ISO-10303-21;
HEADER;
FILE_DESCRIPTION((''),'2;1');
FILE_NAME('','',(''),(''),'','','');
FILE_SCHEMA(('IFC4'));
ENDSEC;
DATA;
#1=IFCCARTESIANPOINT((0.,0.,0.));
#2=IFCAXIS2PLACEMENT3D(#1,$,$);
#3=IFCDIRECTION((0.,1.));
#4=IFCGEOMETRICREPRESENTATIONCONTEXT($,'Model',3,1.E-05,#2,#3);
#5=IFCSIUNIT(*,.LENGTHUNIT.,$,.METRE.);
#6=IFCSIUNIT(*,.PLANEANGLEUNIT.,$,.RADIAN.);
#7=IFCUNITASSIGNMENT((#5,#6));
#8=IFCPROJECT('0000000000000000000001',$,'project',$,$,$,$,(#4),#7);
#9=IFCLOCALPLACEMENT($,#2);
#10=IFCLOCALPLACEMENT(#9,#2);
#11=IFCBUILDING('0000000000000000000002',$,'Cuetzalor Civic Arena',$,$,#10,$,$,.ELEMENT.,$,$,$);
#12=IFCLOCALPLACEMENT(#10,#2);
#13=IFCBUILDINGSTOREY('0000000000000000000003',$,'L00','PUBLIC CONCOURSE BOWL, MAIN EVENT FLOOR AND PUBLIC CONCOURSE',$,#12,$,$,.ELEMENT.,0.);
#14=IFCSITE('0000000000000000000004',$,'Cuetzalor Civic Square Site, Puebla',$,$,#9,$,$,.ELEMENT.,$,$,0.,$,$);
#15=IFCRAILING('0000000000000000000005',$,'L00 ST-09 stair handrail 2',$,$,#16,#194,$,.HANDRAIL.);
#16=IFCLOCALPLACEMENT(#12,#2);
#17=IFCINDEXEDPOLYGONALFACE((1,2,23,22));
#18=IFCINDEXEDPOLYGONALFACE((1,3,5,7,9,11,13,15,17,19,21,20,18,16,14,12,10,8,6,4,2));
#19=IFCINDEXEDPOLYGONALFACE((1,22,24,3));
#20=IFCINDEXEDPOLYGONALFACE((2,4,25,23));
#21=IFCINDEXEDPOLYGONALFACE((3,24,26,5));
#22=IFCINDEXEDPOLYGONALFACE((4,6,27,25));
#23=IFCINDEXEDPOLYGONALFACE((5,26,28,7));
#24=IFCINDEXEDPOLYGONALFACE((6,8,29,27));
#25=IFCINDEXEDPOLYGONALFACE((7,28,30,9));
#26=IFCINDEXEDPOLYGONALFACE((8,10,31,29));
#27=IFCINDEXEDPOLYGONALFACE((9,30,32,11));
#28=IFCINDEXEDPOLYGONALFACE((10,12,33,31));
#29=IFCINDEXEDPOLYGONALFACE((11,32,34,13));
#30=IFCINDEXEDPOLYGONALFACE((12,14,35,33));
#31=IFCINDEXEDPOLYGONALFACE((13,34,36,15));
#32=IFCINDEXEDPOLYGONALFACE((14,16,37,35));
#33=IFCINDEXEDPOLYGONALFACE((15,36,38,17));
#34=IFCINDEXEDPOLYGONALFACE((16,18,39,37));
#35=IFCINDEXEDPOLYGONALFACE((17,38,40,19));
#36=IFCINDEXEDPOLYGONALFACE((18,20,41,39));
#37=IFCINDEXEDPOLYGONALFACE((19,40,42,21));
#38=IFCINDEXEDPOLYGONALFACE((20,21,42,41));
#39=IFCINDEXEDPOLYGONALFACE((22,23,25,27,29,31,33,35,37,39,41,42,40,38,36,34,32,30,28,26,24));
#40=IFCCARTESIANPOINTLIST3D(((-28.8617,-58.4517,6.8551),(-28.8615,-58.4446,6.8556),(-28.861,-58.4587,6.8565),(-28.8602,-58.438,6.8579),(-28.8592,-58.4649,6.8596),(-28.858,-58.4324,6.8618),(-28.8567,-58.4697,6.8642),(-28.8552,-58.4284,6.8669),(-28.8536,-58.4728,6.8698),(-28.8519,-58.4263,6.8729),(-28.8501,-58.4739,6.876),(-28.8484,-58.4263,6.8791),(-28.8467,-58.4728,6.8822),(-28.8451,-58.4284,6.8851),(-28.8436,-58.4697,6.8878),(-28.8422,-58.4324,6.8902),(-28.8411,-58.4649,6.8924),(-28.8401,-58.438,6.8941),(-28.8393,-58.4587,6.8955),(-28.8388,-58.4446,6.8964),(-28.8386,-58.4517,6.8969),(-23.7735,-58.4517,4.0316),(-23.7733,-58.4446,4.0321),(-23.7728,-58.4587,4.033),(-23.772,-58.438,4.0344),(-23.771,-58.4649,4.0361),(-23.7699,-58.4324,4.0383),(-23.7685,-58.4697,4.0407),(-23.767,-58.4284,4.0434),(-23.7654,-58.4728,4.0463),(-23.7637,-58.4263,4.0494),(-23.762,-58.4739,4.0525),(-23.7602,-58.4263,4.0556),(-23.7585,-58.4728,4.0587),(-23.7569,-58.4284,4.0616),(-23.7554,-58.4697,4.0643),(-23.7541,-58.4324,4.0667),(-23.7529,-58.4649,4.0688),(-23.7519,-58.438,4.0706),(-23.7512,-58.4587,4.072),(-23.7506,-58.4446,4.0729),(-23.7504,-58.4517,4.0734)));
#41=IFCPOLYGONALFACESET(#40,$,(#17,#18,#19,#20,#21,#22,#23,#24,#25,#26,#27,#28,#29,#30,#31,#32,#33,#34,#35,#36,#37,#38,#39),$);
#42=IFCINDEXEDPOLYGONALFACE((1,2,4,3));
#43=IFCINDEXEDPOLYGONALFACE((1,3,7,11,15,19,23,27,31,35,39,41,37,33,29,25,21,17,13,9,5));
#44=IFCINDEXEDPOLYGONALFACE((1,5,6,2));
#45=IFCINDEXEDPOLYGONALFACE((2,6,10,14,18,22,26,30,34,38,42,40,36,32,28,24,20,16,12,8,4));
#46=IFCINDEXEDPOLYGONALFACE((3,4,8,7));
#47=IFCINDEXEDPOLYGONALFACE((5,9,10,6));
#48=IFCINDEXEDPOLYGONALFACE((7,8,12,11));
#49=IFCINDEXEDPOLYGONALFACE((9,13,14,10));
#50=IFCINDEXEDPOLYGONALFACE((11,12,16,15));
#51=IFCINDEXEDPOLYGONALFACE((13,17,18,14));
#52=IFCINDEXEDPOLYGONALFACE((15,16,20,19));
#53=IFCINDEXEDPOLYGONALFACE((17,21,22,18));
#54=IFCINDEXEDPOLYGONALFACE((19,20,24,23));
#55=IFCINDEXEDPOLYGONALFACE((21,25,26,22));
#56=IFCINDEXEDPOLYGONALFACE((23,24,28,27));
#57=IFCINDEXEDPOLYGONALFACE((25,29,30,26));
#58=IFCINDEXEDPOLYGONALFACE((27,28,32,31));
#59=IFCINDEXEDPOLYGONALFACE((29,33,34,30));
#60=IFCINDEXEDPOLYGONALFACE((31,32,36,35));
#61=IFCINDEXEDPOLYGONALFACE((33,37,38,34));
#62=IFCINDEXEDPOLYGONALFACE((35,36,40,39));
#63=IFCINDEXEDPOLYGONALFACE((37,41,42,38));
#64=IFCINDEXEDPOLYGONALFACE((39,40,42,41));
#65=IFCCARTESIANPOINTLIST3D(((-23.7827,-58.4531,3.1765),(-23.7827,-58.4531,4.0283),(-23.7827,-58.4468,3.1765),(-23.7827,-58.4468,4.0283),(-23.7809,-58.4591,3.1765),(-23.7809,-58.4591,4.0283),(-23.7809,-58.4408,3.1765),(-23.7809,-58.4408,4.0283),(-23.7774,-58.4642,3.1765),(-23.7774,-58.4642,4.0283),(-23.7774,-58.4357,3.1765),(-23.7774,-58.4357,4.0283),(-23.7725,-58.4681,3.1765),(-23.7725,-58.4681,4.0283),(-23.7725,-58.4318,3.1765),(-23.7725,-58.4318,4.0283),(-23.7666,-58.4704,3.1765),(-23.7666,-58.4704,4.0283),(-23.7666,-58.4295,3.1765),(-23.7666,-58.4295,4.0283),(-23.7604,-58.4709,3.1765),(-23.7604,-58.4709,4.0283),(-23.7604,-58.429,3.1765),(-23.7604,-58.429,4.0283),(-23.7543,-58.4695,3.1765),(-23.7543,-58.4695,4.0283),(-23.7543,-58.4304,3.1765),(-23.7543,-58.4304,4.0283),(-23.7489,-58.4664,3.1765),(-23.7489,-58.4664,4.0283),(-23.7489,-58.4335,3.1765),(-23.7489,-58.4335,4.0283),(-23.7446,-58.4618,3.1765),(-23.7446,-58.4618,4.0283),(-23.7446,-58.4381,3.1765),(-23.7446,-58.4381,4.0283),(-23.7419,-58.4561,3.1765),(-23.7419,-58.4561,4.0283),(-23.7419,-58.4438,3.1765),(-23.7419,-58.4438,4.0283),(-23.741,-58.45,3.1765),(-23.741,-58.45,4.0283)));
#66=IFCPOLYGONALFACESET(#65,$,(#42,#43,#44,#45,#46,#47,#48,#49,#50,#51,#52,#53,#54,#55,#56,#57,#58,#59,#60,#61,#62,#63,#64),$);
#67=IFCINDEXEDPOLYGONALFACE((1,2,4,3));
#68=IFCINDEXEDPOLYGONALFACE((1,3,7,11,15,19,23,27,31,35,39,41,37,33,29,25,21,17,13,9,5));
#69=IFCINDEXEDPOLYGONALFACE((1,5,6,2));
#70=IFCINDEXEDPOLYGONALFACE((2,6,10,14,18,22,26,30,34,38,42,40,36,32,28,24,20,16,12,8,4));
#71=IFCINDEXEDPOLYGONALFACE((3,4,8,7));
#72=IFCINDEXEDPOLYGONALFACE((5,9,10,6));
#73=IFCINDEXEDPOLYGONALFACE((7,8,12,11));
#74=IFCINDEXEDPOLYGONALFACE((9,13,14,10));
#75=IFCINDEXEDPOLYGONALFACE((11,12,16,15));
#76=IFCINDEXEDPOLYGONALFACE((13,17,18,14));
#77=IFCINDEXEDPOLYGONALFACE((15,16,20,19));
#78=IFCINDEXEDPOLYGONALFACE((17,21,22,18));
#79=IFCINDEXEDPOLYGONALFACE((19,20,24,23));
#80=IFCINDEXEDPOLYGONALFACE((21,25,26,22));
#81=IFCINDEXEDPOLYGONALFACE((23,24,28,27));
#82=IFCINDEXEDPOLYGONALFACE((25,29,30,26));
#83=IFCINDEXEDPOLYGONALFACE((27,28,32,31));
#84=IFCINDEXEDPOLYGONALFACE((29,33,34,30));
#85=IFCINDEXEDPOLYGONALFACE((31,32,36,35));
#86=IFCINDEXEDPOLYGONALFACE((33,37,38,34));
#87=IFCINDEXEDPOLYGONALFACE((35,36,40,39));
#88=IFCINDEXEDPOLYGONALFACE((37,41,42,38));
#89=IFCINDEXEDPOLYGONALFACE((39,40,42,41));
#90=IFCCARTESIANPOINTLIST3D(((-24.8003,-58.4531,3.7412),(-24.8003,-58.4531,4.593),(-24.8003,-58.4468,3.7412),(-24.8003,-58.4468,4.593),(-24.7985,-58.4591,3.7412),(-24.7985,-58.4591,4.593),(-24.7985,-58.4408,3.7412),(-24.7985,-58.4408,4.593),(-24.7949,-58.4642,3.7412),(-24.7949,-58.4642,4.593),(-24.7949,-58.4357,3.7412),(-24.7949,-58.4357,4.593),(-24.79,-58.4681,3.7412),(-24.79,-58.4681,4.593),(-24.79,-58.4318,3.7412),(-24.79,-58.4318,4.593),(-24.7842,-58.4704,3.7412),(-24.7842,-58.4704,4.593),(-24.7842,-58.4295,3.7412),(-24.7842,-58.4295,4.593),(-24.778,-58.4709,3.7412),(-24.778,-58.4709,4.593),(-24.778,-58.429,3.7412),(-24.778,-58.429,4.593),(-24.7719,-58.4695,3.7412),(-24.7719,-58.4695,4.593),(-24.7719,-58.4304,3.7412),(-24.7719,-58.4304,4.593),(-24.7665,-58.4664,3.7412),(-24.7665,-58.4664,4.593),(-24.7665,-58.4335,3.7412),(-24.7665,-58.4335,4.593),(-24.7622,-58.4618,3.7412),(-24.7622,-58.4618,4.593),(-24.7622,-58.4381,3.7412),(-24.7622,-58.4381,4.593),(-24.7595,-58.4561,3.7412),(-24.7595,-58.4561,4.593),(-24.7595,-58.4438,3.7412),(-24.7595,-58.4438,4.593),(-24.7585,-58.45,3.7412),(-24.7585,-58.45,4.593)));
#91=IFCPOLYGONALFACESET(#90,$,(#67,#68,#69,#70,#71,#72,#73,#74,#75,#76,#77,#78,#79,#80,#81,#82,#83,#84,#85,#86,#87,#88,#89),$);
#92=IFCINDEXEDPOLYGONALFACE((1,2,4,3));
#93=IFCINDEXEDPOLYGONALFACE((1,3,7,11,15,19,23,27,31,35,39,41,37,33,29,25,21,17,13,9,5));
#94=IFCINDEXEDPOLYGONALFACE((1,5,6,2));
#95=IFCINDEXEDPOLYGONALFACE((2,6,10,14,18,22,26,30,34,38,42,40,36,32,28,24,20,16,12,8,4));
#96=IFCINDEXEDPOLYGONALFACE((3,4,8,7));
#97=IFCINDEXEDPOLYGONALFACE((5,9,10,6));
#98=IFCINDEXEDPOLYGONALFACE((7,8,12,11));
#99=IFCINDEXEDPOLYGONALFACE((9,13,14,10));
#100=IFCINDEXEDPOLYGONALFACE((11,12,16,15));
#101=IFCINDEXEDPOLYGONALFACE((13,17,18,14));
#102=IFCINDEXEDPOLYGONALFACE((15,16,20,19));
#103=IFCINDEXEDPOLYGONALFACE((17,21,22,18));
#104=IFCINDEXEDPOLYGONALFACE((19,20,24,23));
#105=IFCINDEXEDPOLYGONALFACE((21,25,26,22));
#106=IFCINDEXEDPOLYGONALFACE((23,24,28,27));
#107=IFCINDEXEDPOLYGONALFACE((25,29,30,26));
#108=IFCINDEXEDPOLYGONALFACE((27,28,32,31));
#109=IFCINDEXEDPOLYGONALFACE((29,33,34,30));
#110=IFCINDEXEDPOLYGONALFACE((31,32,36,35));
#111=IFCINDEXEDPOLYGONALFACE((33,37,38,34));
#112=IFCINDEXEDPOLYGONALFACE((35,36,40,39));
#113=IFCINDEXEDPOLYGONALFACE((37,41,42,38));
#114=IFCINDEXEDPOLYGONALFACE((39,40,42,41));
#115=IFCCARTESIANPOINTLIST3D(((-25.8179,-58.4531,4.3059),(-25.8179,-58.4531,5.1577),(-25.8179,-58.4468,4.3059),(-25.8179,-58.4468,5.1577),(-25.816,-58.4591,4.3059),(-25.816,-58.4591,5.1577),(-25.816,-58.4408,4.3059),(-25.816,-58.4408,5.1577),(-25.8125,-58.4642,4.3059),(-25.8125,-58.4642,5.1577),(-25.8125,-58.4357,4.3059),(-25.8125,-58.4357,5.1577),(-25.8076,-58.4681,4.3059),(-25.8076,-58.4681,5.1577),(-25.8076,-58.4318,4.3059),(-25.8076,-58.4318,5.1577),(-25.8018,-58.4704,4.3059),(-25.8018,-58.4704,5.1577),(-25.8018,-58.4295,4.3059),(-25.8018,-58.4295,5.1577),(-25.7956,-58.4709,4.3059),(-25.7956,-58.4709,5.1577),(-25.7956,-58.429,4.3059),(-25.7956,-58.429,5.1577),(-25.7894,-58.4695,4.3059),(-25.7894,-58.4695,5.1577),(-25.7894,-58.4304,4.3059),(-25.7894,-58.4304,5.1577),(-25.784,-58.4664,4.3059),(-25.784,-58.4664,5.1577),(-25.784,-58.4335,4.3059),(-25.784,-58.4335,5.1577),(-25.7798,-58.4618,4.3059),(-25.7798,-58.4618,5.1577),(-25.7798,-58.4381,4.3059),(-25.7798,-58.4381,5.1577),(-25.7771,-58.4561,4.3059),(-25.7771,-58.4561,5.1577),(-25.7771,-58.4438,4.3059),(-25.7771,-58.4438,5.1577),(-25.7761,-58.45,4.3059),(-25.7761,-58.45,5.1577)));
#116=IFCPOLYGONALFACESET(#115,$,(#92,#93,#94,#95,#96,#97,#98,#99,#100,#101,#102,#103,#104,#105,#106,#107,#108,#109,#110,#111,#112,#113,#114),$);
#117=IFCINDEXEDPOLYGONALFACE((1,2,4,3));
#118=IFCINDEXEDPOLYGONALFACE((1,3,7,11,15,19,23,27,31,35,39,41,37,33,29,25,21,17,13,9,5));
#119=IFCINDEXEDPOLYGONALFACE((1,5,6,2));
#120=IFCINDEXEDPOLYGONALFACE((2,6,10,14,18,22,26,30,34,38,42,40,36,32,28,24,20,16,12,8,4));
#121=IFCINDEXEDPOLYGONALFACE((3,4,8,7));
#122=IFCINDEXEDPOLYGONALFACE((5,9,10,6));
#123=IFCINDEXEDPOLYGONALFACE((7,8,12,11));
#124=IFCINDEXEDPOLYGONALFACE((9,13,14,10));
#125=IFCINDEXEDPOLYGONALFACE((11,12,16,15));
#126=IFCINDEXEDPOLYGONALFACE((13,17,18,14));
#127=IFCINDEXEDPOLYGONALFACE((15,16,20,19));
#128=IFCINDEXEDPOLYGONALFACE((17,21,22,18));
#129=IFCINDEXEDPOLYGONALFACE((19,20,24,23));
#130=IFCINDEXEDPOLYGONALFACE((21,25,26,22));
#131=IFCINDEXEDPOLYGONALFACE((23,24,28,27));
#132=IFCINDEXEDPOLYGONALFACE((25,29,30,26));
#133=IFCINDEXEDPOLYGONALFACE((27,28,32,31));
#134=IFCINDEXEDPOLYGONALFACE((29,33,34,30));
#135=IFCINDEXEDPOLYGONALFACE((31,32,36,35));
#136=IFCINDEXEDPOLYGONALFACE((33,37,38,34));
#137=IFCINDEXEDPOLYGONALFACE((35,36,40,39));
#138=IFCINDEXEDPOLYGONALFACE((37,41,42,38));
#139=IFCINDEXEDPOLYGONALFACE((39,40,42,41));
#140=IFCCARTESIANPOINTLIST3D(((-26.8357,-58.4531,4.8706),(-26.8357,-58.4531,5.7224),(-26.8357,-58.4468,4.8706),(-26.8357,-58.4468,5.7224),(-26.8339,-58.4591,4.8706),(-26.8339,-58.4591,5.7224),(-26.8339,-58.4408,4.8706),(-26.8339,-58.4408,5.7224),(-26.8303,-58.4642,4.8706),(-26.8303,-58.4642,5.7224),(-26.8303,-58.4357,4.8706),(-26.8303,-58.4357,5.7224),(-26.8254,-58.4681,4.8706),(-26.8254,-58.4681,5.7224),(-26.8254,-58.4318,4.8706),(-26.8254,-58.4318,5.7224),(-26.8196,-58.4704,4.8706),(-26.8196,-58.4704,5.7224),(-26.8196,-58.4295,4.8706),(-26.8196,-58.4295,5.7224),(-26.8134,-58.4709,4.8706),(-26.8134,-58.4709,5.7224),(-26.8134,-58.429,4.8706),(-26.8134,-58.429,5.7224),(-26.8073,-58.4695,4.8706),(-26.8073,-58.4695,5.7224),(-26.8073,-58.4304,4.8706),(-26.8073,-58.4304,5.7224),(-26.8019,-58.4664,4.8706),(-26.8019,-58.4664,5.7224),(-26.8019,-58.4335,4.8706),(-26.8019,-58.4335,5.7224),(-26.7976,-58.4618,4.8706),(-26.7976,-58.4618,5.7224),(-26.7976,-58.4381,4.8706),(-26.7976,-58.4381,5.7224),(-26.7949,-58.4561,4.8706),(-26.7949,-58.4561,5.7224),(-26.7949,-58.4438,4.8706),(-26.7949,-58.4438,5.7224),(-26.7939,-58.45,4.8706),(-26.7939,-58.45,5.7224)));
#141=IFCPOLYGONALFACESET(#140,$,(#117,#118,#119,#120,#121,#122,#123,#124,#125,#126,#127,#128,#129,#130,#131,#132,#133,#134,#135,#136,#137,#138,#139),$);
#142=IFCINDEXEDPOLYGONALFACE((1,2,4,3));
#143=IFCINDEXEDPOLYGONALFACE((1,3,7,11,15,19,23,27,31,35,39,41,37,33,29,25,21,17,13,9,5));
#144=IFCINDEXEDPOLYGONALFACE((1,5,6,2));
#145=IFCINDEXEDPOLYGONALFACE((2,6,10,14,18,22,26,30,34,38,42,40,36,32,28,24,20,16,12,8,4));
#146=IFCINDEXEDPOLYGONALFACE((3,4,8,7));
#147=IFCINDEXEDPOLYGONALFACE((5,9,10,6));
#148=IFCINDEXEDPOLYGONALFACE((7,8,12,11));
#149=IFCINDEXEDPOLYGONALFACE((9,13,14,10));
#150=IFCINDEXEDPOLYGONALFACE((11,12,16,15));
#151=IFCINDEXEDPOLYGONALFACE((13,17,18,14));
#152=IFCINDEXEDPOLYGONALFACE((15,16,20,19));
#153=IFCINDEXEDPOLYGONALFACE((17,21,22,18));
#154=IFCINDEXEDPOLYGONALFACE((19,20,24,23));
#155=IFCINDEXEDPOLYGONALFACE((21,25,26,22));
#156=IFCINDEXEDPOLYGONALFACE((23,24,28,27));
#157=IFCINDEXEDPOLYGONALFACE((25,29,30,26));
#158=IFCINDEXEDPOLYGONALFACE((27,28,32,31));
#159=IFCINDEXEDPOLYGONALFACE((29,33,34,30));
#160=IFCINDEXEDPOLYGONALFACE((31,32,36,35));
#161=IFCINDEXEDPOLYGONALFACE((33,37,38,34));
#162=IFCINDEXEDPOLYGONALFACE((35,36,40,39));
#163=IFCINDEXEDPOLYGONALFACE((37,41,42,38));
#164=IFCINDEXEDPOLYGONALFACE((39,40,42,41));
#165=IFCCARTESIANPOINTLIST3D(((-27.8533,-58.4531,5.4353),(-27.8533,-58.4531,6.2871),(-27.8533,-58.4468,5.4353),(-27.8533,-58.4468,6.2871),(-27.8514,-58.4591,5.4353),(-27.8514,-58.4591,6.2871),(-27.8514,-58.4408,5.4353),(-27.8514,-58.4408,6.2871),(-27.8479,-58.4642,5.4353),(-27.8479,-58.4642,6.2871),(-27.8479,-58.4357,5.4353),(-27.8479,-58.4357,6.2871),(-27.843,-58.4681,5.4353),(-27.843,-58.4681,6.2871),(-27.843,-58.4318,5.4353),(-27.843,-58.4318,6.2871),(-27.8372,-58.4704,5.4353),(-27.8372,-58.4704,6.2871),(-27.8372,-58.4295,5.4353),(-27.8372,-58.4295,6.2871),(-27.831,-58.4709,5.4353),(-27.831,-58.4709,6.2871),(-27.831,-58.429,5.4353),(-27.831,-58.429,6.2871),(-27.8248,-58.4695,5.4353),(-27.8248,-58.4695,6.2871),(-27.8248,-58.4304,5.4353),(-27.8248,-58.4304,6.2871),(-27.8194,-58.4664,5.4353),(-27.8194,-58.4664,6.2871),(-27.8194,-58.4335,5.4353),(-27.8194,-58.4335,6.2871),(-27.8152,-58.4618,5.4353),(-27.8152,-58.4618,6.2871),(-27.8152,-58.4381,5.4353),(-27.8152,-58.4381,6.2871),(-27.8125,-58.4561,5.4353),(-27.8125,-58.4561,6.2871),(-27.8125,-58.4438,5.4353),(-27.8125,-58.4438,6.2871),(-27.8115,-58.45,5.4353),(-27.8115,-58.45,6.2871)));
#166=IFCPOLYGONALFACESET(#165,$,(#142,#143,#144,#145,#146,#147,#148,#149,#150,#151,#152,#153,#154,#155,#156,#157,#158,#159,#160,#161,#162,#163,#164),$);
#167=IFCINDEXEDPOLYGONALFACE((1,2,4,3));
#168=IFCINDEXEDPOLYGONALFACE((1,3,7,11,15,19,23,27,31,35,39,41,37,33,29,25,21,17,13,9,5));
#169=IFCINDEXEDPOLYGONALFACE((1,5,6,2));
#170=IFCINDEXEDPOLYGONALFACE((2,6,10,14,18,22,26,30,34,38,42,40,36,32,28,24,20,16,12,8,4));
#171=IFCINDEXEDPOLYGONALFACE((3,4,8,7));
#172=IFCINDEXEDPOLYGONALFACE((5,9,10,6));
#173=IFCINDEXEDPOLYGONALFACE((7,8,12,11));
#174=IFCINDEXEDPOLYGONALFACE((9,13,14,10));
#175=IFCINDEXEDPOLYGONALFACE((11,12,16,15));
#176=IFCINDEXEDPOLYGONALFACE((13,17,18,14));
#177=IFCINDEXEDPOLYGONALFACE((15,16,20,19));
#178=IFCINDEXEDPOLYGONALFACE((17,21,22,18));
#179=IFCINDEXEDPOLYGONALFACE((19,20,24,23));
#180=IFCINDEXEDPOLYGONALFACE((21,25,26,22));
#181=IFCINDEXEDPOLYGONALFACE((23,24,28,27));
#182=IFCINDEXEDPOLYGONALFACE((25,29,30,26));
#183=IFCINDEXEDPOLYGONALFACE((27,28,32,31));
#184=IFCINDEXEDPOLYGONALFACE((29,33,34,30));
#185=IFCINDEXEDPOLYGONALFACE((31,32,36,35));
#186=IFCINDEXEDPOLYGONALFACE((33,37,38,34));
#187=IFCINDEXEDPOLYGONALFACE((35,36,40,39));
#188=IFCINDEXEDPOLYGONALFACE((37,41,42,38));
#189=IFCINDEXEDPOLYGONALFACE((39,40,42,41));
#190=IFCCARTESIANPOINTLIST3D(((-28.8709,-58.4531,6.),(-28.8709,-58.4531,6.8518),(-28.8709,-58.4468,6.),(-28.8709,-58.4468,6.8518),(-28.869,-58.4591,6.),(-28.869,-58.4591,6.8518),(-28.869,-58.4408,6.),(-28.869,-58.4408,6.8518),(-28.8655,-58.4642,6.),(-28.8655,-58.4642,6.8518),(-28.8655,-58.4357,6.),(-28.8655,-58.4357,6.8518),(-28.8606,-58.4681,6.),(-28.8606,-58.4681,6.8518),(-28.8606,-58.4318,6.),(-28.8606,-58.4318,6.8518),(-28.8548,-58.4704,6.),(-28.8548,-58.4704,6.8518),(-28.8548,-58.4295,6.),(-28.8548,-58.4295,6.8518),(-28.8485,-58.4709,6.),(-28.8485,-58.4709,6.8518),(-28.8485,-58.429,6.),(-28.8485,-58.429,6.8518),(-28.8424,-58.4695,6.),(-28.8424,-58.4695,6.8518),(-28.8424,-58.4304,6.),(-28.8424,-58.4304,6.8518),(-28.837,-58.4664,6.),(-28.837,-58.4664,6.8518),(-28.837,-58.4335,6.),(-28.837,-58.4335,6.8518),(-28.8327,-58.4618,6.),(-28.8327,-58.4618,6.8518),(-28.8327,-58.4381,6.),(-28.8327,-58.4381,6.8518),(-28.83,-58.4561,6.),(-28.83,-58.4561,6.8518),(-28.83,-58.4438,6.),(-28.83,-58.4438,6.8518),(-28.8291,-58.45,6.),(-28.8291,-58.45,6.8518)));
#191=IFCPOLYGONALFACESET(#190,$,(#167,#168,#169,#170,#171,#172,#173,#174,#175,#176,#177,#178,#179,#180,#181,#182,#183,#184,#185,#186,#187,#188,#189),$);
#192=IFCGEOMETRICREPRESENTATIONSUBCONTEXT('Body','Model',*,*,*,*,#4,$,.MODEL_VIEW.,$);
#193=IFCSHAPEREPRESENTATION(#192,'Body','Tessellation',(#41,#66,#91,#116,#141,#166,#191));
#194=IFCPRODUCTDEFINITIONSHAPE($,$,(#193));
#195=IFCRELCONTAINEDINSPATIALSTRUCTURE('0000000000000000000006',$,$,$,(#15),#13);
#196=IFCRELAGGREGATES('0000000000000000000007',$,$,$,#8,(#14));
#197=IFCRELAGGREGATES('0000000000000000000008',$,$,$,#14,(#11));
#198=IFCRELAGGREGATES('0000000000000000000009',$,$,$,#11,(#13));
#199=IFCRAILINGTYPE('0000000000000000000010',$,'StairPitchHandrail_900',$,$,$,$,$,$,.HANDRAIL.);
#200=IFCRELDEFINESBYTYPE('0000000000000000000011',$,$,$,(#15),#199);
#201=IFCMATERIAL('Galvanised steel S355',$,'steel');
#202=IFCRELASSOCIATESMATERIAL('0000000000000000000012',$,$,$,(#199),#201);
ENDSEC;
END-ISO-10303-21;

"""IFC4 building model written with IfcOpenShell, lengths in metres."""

from ifc_helpers import new_model, si_unit, direction, frame, origin, origin_2d, place, context, subcontext, project, spatial, circle, extrude, material, type_object, element, save


model = new_model("IFC4")

# Units and contexts
model_context = context("Model", 3, precision=1e-05, world=origin(), true_north=direction((0.0, 1.0)))
body_context = subcontext(model_context, "Body", "Model", "MODEL_VIEW")
ifc_project = project(units=[si_unit("LENGTHUNIT", "METRE"), si_unit("PLANEANGLEUNIT", "RADIAN")], contexts=[model_context])

# Site, building, storey
site_placement = place(None, origin())
site = spatial("IfcSite", under=ifc_project, at=site_placement, Name="Cuetzalor Civic Square Site, Puebla", CompositionType="ELEMENT", RefElevation=0.0)
building_placement = place(site_placement, origin())
building = spatial("IfcBuilding", under=site, at=building_placement, Name="Cuetzalor Civic Arena", CompositionType="ELEMENT")
storey_placement = place(building_placement, origin())
storey = spatial("IfcBuildingStorey", under=building, at=storey_placement, Name="L00", Description="PUBLIC CONCOURSE BOWL, MAIN EVENT FLOOR AND PUBLIC CONCOURSE", CompositionType="ELEMENT", Elevation=0.0)

# Railing
ifc_material_1 = material(Name="Galvanised steel S355", Category="steel")
railing_type_1 = type_object("IfcRailingType", Name="StairPitchHandrail_900", PredefinedType="HANDRAIL", material=ifc_material_1)
railing_1_placement = place(storey_placement, frame((-23.762, -58.45, 3.1765)))
element("IfcRailing", 1, at=railing_1_placement, inside=storey, type_object=railing_type_1, Name="L00 ST-09 stair handrail 2", PredefinedType="HANDRAIL", context=body_context, shape_type="SweptSolid", body=[
    extrude(circle(Radius=0.0239, at=origin_2d()), frame((0.0, 0.0, 0.876), z_axis=(-0.874395, 0.0, 0.485215), x_axis=(0.0, -1.0, 0.0)), (0.0, 0.0, 1.0), 5.8191),
    extrude(circle(Radius=0.021, at=origin_2d()), origin(), (0.0, 0.0, 1.0), 0.8518),
    extrude(circle(Radius=0.021, at=origin_2d()), frame((-1.0176, 0.0, 0.5647)), (0.0, 0.0, 1.0), 0.8518),
    extrude(circle(Radius=0.021, at=origin_2d()), frame((-2.0352, 0.0, 1.1294)), (0.0, 0.0, 1.0), 0.8518),
    extrude(circle(Radius=0.021, at=origin_2d()), frame((-3.053, 0.0, 1.6941)), (0.0, 0.0, 1.0), 0.8518),
    extrude(circle(Radius=0.021, at=origin_2d()), frame((-4.0706, 0.0, 2.2588)), (0.0, 0.0, 1.0), 0.8518),
    extrude(circle(Radius=0.021, at=origin_2d()), frame((-5.0881, 0.0, 2.8235)), (0.0, 0.0, 1.0), 0.8518),
])

save(model, "model.ifc")
